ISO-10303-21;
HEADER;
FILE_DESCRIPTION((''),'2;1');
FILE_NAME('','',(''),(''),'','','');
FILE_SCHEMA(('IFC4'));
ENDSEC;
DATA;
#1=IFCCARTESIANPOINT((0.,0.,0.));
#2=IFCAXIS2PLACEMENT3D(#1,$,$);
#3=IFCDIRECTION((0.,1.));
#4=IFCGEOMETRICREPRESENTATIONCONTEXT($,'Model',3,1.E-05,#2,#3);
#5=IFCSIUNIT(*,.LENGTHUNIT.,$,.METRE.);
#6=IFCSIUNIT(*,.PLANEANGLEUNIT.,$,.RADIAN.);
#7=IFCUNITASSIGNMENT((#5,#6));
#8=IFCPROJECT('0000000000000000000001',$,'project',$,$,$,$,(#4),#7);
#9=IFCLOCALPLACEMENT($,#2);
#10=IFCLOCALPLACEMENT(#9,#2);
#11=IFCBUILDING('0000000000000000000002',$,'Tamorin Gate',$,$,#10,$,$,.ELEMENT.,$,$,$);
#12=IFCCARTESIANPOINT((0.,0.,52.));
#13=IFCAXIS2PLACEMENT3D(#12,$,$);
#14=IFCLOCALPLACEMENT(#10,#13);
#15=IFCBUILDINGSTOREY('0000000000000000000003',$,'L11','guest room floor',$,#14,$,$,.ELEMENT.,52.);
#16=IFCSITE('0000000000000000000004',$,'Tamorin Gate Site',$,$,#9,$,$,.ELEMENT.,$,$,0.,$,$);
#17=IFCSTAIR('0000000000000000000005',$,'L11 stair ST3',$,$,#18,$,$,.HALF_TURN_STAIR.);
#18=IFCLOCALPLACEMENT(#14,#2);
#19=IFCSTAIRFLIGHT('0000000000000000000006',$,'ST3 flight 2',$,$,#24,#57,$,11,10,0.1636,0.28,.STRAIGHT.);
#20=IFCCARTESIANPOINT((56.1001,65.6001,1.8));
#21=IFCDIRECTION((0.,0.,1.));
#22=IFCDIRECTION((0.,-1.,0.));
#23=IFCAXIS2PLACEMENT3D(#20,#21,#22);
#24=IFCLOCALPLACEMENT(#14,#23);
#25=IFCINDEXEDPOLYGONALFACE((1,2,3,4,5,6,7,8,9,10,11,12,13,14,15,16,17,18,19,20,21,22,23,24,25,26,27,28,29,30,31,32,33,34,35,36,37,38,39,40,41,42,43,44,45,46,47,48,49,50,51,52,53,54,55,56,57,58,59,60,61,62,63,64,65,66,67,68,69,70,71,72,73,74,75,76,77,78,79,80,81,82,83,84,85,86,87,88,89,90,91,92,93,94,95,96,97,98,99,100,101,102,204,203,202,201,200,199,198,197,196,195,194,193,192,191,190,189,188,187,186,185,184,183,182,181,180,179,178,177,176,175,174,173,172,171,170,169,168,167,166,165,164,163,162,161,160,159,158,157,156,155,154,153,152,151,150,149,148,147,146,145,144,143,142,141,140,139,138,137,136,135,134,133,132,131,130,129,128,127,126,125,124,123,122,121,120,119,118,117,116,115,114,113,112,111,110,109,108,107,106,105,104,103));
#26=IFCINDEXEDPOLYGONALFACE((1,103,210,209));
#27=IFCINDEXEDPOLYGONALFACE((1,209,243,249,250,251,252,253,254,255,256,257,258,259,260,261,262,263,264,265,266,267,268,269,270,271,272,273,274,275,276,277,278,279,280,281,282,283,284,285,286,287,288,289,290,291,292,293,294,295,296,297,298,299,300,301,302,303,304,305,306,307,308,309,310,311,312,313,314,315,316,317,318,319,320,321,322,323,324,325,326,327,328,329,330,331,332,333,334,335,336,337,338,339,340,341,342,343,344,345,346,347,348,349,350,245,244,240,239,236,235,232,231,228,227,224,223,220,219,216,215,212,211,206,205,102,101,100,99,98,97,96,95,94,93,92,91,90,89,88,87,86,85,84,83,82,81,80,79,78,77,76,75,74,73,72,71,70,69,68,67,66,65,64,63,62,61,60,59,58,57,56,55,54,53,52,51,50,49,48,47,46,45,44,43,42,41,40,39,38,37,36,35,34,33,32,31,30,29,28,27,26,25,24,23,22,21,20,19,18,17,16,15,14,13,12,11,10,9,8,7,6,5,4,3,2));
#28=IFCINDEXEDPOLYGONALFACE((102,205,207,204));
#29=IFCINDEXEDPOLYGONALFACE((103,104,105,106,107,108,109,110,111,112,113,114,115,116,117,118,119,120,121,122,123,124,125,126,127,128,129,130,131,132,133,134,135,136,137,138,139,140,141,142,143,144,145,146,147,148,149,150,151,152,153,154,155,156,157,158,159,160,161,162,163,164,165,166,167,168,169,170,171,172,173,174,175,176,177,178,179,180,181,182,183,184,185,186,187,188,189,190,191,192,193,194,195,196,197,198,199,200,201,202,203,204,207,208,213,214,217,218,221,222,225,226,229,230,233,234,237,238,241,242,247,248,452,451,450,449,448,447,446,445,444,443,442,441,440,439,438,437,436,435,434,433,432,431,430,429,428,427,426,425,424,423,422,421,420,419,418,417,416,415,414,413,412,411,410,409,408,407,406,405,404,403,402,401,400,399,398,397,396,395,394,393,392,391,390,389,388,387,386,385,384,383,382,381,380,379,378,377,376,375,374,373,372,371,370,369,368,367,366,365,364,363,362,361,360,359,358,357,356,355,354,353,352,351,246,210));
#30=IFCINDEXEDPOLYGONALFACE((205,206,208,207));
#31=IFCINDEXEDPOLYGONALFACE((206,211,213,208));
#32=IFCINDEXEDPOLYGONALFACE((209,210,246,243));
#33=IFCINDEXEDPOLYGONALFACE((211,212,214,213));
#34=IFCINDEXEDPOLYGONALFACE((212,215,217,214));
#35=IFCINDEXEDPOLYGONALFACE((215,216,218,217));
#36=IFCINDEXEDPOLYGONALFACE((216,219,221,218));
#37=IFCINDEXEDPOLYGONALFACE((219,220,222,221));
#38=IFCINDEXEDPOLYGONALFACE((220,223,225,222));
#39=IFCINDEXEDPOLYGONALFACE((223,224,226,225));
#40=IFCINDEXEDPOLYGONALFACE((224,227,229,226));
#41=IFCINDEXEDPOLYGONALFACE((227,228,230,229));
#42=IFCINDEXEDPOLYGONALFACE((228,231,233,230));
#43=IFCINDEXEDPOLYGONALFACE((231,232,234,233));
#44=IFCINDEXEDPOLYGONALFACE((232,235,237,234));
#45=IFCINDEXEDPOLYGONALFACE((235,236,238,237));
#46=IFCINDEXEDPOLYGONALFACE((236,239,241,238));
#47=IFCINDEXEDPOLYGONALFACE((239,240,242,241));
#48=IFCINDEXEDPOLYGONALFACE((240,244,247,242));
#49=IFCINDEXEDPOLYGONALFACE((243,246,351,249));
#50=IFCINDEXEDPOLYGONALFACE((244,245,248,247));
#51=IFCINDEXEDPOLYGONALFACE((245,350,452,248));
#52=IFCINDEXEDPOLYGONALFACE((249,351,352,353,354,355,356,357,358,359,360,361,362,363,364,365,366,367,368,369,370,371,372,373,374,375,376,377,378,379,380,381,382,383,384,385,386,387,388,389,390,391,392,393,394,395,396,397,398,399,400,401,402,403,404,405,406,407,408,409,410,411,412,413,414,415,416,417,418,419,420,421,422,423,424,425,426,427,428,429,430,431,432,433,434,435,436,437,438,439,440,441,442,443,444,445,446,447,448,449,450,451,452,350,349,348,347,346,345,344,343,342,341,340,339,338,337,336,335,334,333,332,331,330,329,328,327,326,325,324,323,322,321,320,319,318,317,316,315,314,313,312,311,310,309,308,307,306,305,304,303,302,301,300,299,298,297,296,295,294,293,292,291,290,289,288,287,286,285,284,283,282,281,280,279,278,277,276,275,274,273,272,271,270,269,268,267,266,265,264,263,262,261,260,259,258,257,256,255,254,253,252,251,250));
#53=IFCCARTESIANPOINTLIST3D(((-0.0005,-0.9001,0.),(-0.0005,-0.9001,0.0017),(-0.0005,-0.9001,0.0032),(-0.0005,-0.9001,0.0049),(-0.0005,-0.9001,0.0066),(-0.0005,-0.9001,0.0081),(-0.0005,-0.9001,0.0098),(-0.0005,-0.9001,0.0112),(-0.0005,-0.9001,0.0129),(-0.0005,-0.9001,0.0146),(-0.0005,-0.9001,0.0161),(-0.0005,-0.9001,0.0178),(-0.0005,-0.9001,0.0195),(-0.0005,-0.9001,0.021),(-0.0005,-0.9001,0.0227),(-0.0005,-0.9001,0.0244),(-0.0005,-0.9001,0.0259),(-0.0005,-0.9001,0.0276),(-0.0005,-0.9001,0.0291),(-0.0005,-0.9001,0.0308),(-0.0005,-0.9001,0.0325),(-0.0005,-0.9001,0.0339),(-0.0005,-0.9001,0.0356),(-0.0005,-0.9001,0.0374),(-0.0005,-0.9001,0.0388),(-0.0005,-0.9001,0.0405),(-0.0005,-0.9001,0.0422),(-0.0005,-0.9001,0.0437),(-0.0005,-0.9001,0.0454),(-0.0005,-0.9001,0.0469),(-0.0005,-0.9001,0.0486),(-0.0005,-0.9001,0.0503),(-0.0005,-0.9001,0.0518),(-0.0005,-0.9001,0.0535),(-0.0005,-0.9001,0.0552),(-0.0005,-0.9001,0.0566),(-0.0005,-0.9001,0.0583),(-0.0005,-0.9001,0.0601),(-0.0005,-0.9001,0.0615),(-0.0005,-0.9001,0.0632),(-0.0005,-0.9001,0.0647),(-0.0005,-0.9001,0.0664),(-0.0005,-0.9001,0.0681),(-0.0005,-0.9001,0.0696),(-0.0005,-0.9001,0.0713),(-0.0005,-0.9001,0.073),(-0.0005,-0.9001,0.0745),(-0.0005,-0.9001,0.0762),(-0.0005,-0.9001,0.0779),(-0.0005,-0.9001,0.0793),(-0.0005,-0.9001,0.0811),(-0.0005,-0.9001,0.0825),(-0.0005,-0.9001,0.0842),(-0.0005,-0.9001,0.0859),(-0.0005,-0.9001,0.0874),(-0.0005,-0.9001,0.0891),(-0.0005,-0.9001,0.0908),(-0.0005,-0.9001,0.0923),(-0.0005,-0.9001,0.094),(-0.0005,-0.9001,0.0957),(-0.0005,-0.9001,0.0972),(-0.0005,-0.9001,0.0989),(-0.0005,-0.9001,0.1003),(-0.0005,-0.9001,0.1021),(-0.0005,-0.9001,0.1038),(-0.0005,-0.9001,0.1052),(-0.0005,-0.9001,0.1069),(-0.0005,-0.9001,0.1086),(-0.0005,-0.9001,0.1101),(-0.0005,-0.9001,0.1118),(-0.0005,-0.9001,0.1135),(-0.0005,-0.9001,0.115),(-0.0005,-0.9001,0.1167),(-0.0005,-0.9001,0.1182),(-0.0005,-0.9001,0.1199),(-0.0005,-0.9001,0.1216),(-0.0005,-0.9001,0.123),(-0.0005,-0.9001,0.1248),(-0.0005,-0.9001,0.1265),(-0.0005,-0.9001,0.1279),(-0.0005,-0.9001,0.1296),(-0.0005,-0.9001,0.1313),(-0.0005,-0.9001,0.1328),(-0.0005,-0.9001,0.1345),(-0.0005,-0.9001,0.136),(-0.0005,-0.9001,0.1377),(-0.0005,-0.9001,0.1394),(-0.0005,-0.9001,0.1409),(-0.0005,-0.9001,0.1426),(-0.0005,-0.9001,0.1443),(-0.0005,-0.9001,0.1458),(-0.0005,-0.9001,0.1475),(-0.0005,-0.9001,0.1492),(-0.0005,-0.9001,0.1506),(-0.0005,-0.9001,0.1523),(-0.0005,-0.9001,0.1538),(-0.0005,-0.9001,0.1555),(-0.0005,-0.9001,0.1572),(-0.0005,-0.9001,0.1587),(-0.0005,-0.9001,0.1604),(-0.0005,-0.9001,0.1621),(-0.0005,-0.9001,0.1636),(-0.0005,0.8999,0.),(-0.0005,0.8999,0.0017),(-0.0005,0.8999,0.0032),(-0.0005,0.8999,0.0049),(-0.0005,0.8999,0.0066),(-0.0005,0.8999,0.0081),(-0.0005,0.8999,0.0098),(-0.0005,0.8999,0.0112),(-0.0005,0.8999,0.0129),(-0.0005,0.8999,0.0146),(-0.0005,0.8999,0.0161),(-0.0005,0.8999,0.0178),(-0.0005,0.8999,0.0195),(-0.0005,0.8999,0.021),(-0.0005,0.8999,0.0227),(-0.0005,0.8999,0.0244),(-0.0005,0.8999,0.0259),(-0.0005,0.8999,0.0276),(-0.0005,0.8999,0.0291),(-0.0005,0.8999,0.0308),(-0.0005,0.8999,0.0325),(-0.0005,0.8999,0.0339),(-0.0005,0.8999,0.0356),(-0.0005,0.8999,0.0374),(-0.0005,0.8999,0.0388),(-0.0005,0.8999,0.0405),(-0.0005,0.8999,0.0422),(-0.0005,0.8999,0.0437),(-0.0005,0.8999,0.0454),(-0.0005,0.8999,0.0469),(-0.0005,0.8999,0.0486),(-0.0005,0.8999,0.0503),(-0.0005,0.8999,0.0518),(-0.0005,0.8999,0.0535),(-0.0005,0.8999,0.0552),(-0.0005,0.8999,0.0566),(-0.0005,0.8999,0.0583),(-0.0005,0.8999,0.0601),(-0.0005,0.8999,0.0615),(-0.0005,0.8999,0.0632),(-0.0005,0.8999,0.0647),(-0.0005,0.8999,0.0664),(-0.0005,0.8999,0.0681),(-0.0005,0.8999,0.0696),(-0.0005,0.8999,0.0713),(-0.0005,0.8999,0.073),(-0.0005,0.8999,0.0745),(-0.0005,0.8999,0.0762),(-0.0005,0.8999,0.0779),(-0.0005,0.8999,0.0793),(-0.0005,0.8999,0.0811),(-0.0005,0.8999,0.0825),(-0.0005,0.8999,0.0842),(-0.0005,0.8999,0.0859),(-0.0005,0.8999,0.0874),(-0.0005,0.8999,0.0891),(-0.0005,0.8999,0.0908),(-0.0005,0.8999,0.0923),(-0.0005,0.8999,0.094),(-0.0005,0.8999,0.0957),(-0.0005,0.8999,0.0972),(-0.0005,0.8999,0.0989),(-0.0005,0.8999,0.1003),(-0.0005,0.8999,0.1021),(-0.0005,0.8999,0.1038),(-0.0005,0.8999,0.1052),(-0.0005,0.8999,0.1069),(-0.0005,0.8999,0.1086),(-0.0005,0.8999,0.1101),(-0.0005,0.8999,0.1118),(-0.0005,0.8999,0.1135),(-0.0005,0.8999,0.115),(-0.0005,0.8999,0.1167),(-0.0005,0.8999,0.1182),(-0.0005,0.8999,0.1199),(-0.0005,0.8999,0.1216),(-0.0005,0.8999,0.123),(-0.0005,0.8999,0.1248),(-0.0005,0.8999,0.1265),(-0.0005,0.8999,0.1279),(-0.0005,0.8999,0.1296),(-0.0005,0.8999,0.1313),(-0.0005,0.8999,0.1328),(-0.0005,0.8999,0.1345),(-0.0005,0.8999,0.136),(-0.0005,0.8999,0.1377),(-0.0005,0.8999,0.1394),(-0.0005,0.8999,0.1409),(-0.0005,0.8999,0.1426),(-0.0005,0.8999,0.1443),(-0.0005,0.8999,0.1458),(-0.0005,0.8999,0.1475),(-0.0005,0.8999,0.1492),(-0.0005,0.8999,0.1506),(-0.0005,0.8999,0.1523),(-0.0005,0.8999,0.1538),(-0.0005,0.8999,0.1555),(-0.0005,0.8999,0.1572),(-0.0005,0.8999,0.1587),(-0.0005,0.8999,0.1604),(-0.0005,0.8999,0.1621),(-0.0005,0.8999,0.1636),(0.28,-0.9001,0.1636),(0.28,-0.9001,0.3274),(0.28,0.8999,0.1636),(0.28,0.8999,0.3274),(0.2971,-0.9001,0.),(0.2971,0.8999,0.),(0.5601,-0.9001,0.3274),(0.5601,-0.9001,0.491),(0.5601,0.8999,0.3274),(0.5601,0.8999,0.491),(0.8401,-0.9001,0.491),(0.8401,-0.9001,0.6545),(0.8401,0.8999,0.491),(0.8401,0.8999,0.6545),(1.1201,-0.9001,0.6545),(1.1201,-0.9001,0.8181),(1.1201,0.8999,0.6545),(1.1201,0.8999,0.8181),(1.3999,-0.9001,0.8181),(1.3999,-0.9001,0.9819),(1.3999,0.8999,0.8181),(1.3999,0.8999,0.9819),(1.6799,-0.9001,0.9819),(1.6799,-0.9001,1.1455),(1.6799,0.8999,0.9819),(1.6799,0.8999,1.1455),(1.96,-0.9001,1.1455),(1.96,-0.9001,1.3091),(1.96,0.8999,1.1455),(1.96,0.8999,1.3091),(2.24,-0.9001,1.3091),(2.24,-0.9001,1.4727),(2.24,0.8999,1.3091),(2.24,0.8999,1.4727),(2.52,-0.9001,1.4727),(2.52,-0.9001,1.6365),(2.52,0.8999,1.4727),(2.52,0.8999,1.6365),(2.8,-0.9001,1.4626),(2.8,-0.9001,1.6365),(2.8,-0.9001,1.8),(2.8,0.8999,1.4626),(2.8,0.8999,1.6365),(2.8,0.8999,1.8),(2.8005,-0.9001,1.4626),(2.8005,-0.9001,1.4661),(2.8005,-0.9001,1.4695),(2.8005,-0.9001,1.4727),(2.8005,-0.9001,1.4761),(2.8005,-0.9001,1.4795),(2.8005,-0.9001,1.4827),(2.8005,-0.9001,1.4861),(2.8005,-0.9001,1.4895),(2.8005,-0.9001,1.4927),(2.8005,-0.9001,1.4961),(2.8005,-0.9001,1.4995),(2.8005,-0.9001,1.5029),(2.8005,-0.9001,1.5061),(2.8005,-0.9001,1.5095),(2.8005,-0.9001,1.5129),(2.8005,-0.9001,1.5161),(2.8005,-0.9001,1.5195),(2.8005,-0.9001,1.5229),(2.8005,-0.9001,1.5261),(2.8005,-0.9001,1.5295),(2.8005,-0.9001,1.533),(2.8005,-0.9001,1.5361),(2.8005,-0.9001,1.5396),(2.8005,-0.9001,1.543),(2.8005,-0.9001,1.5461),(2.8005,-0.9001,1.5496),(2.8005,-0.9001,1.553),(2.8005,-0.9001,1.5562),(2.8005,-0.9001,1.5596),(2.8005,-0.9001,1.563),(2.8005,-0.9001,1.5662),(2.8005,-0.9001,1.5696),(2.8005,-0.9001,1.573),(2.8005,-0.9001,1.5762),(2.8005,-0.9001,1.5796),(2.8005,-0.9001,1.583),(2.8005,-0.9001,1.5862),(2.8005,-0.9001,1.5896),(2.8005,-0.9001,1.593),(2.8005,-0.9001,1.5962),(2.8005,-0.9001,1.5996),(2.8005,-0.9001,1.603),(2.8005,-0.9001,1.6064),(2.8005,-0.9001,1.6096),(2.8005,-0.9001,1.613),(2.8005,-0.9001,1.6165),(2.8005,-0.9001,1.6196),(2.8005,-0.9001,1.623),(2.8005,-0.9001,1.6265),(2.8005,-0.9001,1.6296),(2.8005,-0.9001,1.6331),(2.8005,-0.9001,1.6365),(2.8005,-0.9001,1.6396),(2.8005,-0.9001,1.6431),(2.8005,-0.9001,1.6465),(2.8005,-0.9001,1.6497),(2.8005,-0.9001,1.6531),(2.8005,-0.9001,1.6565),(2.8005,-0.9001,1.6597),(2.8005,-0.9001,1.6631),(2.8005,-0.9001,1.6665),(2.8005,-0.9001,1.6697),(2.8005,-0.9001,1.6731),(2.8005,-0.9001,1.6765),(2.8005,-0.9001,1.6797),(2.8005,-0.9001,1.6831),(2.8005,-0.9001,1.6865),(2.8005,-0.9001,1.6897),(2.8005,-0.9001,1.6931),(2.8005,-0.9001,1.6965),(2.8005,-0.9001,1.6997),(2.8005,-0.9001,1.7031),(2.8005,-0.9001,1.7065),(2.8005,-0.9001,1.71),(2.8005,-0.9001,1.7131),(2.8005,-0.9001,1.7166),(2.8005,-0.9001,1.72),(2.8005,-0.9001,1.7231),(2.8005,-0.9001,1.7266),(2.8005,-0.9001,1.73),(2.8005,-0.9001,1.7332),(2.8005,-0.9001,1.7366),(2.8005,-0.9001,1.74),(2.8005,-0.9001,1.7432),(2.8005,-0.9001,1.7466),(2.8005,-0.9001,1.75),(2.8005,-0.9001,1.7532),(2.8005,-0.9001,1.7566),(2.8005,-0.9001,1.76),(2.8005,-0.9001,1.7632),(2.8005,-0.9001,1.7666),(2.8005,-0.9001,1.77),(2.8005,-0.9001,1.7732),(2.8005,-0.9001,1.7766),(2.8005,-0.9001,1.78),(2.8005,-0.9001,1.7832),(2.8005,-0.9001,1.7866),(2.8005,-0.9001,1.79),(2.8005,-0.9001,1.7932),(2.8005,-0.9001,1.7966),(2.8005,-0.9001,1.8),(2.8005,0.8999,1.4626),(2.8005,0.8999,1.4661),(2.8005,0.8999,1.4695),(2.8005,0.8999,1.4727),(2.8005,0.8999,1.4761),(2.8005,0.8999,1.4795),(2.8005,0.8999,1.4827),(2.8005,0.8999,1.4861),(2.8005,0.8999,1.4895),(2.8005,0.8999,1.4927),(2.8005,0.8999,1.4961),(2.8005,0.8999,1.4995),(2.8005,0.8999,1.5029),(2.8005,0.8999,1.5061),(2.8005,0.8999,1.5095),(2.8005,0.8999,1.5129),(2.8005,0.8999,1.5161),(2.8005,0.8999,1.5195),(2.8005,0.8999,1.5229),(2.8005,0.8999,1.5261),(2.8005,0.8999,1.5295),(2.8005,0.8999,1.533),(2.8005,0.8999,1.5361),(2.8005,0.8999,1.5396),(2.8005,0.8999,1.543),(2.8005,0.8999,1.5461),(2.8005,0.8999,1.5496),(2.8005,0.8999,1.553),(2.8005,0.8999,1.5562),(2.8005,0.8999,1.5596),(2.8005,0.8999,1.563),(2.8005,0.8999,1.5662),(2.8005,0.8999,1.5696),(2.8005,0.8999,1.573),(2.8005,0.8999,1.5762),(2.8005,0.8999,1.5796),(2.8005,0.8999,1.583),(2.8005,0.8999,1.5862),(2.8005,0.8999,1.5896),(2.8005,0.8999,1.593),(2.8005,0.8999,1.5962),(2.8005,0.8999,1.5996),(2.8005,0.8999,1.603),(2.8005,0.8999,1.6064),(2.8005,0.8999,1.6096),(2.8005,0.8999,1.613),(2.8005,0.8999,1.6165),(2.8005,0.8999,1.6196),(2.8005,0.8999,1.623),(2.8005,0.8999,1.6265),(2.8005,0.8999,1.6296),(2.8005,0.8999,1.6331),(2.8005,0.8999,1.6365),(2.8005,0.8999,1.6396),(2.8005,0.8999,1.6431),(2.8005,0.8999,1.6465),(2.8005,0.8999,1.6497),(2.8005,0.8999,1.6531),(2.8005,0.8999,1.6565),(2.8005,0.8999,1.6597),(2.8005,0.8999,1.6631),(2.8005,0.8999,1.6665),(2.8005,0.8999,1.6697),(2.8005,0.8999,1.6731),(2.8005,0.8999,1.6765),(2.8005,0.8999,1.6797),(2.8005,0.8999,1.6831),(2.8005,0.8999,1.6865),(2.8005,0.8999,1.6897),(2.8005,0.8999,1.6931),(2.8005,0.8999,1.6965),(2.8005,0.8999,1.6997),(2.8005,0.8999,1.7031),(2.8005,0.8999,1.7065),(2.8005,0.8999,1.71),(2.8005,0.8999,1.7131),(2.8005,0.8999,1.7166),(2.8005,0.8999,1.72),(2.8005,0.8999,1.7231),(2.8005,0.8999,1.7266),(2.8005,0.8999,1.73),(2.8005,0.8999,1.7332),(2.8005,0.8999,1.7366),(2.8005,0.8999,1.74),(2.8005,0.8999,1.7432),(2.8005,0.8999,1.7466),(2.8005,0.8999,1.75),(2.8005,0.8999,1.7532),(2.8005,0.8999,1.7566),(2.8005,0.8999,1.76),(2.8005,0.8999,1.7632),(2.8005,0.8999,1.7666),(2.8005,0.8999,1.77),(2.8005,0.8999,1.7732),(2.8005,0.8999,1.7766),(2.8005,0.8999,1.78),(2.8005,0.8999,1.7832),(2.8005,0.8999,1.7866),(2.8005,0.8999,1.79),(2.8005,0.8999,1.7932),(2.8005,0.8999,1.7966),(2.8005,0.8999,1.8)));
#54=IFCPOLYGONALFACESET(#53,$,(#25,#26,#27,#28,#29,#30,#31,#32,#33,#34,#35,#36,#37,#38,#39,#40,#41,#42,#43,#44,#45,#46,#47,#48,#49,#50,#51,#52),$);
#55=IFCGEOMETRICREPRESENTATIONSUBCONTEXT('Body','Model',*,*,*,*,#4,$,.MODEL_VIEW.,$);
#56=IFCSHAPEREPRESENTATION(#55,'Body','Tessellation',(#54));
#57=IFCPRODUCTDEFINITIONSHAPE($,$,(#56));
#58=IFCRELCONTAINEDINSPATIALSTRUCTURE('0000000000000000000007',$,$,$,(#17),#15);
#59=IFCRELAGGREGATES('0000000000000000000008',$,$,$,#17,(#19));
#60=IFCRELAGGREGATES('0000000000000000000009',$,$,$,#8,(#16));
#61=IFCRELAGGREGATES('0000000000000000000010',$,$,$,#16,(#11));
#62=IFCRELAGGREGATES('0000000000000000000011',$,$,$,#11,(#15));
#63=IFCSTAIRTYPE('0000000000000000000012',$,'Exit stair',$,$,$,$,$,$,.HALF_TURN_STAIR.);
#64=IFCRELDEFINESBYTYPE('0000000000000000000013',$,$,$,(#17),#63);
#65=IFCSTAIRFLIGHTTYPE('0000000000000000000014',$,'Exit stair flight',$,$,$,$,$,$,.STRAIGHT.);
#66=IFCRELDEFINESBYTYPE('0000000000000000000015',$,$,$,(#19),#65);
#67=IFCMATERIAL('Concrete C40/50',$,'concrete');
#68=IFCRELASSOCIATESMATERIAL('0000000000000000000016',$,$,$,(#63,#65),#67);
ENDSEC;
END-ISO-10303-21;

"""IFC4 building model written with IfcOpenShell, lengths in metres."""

from ifc_helpers import new_model, si_unit, direction, frame, origin, place, context, subcontext, project, spatial, polyline, outline, extrude, material, type_object, element, aggregate, save


model = new_model("IFC4")

# Units and contexts
model_context = context("Model", 3, precision=1e-05, world=origin(), true_north=direction((0.0, 1.0)))
body_context = subcontext(model_context, "Body", "Model", "MODEL_VIEW")
ifc_project = project(units=[si_unit("LENGTHUNIT", "METRE"), si_unit("PLANEANGLEUNIT", "RADIAN")], contexts=[model_context])

# Site, building, storey
site_placement = place(None, origin())
site = spatial("IfcSite", under=ifc_project, at=site_placement, Name="Tamorin Gate Site", CompositionType="ELEMENT", RefElevation=0.0)
building_placement = place(site_placement, origin())
building = spatial("IfcBuilding", under=site, at=building_placement, Name="Tamorin Gate", CompositionType="ELEMENT")
storey_placement = place(building_placement, frame((0.0, 0.0, 52.0)))
storey = spatial("IfcBuildingStorey", under=building, at=storey_placement, Name="L11", Description="guest room floor", CompositionType="ELEMENT", Elevation=52.0)

# Shared definitions
ifc_material_1 = material(Name="Concrete C40/50", Category="concrete")

# Stair, stair flight
stair_type = type_object("IfcStairType", Name="Exit stair", PredefinedType="HALF_TURN_STAIR", material=ifc_material_1)
stair_placement = place(storey_placement, origin())
stair = element("IfcStair", 1, at=stair_placement, inside=storey, type_object=stair_type, Name="L11 stair ST3", PredefinedType="HALF_TURN_STAIR")
stair_flight_type = type_object("IfcStairFlightType", Name="Exit stair flight", PredefinedType="STRAIGHT", material=ifc_material_1)
stair_flight_1_placement = place(storey_placement, frame((56.1001, 65.6001, 1.8), z_axis=(0.0, 0.0, 1.0), x_axis=(0.0, -1.0, 0.0)))
stair_flight_1 = element("IfcStairFlight", 2, at=stair_flight_1_placement, type_object=stair_flight_type, Name="ST3 flight 2", NumberOfRisers=11, NumberOfTreads=10, PredefinedType="STRAIGHT", RiserHeight=0.1636, TreadLength=0.28, context=body_context, shape_type="SweptSolid", body=[
    extrude(outline(polyline([(-0.0005, 0.0), (-0.0005, 0.0017), (-0.0005, 0.0032), (-0.0005, 0.0049), (-0.0005, 0.0066), (-0.0005, 0.0081), (-0.0005, 0.0098), (-0.0005, 0.0112), (-0.0005, 0.0129), (-0.0005, 0.0146), (-0.0005, 0.0161), (-0.0005, 0.0178), (-0.0005, 0.0195), (-0.0005, 0.021), (-0.0005, 0.0227), (-0.0005, 0.0244), (-0.0005, 0.0259), (-0.0005, 0.0276), (-0.0005, 0.0291), (-0.0005, 0.0308), (-0.0005, 0.0325), (-0.0005, 0.0339), (-0.0005, 0.0356), (-0.0005, 0.0374), (-0.0005, 0.0388), (-0.0005, 0.0405), (-0.0005, 0.0422), (-0.0005, 0.0437), (-0.0005, 0.0454), (-0.0005, 0.0469), (-0.0005, 0.0486), (-0.0005, 0.0503), (-0.0005, 0.0518), (-0.0005, 0.0535), (-0.0005, 0.0552), (-0.0005, 0.0566), (-0.0005, 0.0583), (-0.0005, 0.0601), (-0.0005, 0.0615), (-0.0005, 0.0632), (-0.0005, 0.0647), (-0.0005, 0.0664), (-0.0005, 0.0681), (-0.0005, 0.0696), (-0.0005, 0.0713), (-0.0005, 0.073), (-0.0005, 0.0745), (-0.0005, 0.0762), (-0.0005, 0.0779), (-0.0005, 0.0793), (-0.0005, 0.0811), (-0.0005, 0.0825), (-0.0005, 0.0842), (-0.0005, 0.0859), (-0.0005, 0.0874), (-0.0005, 0.0891), (-0.0005, 0.0908), (-0.0005, 0.0923), (-0.0005, 0.094), (-0.0005, 0.0957), (-0.0005, 0.0972), (-0.0005, 0.0989), (-0.0005, 0.1003), (-0.0005, 0.1021), (-0.0005, 0.1038), (-0.0005, 0.1052), (-0.0005, 0.1069), (-0.0005, 0.1086), (-0.0005, 0.1101), (-0.0005, 0.1118), (-0.0005, 0.1135), (-0.0005, 0.115), (-0.0005, 0.1167), (-0.0005, 0.1182), (-0.0005, 0.1199), (-0.0005, 0.1216), (-0.0005, 0.123), (-0.0005, 0.1248), (-0.0005, 0.1265), (-0.0005, 0.1279), (-0.0005, 0.1296), (-0.0005, 0.1313), (-0.0005, 0.1328), (-0.0005, 0.1345), (-0.0005, 0.136), (-0.0005, 0.1377), (-0.0005, 0.1394), (-0.0005, 0.1409), (-0.0005, 0.1426), (-0.0005, 0.1443), (-0.0005, 0.1458), (-0.0005, 0.1475), (-0.0005, 0.1492), (-0.0005, 0.1506), (-0.0005, 0.1523), (-0.0005, 0.1538), (-0.0005, 0.1555), (-0.0005, 0.1572), (-0.0005, 0.1587), (-0.0005, 0.1604), (-0.0005, 0.1621), (-0.0005, 0.1636), (0.28, 0.1636), (0.28, 0.3274), (0.5601, 0.3274), (0.5601, 0.491), (0.8401, 0.491), (0.8401, 0.6545), (1.1201, 0.6545), (1.1201, 0.8181), (1.3999, 0.8181), (1.3999, 0.9819), (1.6799, 0.9819), (1.6799, 1.1455), (1.96, 1.1455), (1.96, 1.3091), (2.24, 1.3091), (2.24, 1.4727), (2.52, 1.4727), (2.52, 1.6365), (2.8, 1.6365), (2.8, 1.8), (2.8005, 1.8), (2.8005, 1.7966), (2.8005, 1.7932), (2.8005, 1.79), (2.8005, 1.7866), (2.8005, 1.7832), (2.8005, 1.78), (2.8005, 1.7766), (2.8005, 1.7732), (2.8005, 1.77), (2.8005, 1.7666), (2.8005, 1.7632), (2.8005, 1.76), (2.8005, 1.7566), (2.8005, 1.7532), (2.8005, 1.75), (2.8005, 1.7466), (2.8005, 1.7432), (2.8005, 1.74), (2.8005, 1.7366), (2.8005, 1.7332), (2.8005, 1.73), (2.8005, 1.7266), (2.8005, 1.7231), (2.8005, 1.72), (2.8005, 1.7166), (2.8005, 1.7131), (2.8005, 1.71), (2.8005, 1.7065), (2.8005, 1.7031), (2.8005, 1.6997), (2.8005, 1.6965), (2.8005, 1.6931), (2.8005, 1.6897), (2.8005, 1.6865), (2.8005, 1.6831), (2.8005, 1.6797), (2.8005, 1.6765), (2.8005, 1.6731), (2.8005, 1.6697), (2.8005, 1.6665), (2.8005, 1.6631), (2.8005, 1.6597), (2.8005, 1.6565), (2.8005, 1.6531), (2.8005, 1.6497), (2.8005, 1.6465), (2.8005, 1.6431), (2.8005, 1.6396), (2.8005, 1.6365), (2.8005, 1.6331), (2.8005, 1.6296), (2.8005, 1.6265), (2.8005, 1.623), (2.8005, 1.6196), (2.8005, 1.6165), (2.8005, 1.613), (2.8005, 1.6096), (2.8005, 1.6064), (2.8005, 1.603), (2.8005, 1.5996), (2.8005, 1.5962), (2.8005, 1.593), (2.8005, 1.5896), (2.8005, 1.5862), (2.8005, 1.583), (2.8005, 1.5796), (2.8005, 1.5762), (2.8005, 1.573), (2.8005, 1.5696), (2.8005, 1.5662), (2.8005, 1.563), (2.8005, 1.5596), (2.8005, 1.5562), (2.8005, 1.553), (2.8005, 1.5496), (2.8005, 1.5461), (2.8005, 1.543), (2.8005, 1.5396), (2.8005, 1.5361), (2.8005, 1.533), (2.8005, 1.5295), (2.8005, 1.5261), (2.8005, 1.5229), (2.8005, 1.5195), (2.8005, 1.5161), (2.8005, 1.5129), (2.8005, 1.5095), (2.8005, 1.5061), (2.8005, 1.5029), (2.8005, 1.4995), (2.8005, 1.4961), (2.8005, 1.4927), (2.8005, 1.4895), (2.8005, 1.4861), (2.8005, 1.4827), (2.8005, 1.4795), (2.8005, 1.4761), (2.8005, 1.4727), (2.8005, 1.4695), (2.8005, 1.4661), (2.8005, 1.4626), (2.8, 1.4626), (0.2971, 0.0), (-0.0005, 0.0)])), frame((0.0, 0.8999, 0.0), z_axis=(0.0, -1.0, 0.0), x_axis=(1.0, 0.0, 0.0)), (0.0, 0.0, 1.0), 1.8),
])
aggregate(stair, [stair_flight_1])

save(model, "model.ifc")
